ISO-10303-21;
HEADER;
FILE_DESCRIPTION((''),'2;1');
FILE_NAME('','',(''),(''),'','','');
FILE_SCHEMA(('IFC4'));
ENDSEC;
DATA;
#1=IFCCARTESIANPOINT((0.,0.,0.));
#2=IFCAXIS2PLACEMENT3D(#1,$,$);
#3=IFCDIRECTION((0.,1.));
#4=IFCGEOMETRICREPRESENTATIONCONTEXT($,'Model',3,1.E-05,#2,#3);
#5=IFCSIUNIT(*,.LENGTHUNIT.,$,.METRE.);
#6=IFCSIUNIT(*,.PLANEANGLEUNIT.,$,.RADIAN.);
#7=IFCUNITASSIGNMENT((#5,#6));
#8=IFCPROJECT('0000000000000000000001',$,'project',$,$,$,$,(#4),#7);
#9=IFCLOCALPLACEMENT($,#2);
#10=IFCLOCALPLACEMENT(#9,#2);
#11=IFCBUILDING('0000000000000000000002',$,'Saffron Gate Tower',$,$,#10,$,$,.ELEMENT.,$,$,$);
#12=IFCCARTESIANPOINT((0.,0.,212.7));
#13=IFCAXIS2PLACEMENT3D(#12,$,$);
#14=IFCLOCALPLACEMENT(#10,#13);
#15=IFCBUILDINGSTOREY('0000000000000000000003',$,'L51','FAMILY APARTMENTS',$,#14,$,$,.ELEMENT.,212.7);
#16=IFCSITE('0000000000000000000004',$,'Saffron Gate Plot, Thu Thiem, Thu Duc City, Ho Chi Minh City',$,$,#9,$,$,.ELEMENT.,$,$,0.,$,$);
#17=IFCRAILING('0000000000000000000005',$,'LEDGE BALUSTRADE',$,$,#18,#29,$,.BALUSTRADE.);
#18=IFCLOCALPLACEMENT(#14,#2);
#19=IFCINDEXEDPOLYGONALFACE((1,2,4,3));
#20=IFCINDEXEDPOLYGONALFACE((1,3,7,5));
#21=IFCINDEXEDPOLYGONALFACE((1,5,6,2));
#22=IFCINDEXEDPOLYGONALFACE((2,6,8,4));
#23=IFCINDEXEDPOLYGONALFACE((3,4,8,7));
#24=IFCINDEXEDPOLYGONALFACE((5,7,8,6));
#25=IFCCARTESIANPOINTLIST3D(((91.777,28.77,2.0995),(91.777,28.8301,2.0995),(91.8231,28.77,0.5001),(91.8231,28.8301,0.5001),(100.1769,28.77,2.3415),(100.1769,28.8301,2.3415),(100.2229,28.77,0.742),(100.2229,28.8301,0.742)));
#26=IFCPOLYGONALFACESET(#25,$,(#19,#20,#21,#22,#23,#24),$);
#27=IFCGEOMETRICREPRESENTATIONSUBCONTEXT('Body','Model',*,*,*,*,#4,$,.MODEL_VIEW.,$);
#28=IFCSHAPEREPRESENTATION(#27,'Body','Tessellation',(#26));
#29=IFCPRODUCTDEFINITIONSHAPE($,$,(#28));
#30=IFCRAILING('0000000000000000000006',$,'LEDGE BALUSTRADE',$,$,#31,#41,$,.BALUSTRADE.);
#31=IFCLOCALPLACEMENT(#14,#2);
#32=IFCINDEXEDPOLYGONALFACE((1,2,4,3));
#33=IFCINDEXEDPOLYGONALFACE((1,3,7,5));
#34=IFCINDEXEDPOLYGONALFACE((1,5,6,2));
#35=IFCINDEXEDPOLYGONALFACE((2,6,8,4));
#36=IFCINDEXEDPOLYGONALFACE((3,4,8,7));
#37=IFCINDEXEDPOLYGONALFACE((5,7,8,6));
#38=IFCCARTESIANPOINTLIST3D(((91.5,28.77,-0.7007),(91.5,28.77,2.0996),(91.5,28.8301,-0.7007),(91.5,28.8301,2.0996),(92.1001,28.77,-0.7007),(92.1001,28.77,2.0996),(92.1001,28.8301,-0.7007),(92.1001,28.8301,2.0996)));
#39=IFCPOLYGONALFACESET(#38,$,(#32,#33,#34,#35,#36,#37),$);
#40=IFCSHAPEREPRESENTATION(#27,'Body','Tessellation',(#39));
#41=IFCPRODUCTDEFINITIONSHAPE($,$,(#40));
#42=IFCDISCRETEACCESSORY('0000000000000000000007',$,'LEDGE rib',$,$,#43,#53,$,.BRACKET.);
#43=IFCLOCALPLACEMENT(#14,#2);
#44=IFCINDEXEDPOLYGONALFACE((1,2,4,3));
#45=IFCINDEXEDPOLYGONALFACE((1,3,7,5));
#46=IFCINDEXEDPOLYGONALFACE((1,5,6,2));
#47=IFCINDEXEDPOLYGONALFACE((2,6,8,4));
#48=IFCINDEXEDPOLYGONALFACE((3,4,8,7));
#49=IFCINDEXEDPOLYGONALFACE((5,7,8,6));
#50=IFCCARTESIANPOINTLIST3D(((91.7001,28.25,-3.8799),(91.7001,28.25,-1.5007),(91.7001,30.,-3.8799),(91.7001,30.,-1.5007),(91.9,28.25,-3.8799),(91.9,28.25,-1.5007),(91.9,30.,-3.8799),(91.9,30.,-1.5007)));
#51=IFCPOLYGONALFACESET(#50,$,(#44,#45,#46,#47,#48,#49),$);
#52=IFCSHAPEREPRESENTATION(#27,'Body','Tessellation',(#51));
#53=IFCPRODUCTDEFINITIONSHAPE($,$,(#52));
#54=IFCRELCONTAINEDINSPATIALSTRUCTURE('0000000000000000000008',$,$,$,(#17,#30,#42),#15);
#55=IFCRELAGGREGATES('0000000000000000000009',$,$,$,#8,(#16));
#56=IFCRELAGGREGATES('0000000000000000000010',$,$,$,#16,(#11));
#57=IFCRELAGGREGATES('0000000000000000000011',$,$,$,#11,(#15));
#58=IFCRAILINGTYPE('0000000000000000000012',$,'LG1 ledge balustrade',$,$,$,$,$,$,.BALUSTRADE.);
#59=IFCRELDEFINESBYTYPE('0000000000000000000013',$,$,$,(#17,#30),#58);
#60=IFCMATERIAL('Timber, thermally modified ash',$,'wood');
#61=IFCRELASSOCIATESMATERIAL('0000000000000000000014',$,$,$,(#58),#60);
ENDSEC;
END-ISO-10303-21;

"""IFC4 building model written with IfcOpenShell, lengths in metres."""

from ifc_helpers import new_model, si_unit, direction, frame, origin, origin_2d, place, context, subcontext, project, spatial, rectangle, extrude, material, type_object, element, save


model = new_model("IFC4")

# Units and contexts
model_context = context("Model", 3, precision=1e-05, world=origin(), true_north=direction((0.0, 1.0)))
body_context = subcontext(model_context, "Body", "Model", "MODEL_VIEW")
ifc_project = project(units=[si_unit("LENGTHUNIT", "METRE"), si_unit("PLANEANGLEUNIT", "RADIAN")], contexts=[model_context])

# Site, building, storey
site_placement = place(None, origin())
site = spatial("IfcSite", under=ifc_project, at=site_placement, Name="Saffron Gate Plot, Thu Thiem, Thu Duc City, Ho Chi Minh City", CompositionType="ELEMENT", RefElevation=0.0)
building_placement = place(site_placement, origin())
building = spatial("IfcBuilding", under=site, at=building_placement, Name="Saffron Gate Tower", CompositionType="ELEMENT")
storey_placement = place(building_placement, frame((0.0, 0.0, 212.7)))
storey = spatial("IfcBuildingStorey", under=building, at=storey_placement, Name="L51", Description="FAMILY APARTMENTS", CompositionType="ELEMENT", Elevation=212.7)

# Shared definitions
ifc_material_1 = material(Name="Timber, thermally modified ash", Category="wood")

# Railings
railing_type_1 = type_object("IfcRailingType", Name="LG1 ledge balustrade", PredefinedType="BALUSTRADE", material=ifc_material_1)
railing_1_placement = place(storey_placement, frame((91.8, 28.8, 0.4998)))
element("IfcRailing", 1, at=railing_1_placement, inside=storey, type_object=railing_type_1, Name="LEDGE BALUSTRADE", PredefinedType="BALUSTRADE", context=body_context, shape_type="SweptSolid", body=[
    extrude(rectangle(XDim=0.0601, YDim=1.6001, at=origin_2d()), frame((0.0, 0.0, 0.8), z_axis=(0.999585, 0.0, 0.028791), x_axis=(0.0, 1.0, 0.0)), (0.0, 0.0, 1.0), 8.4033),
])
railing_2_placement = place(storey_placement, frame((91.5, 28.8, -0.7007)))
element("IfcRailing", 2, at=railing_2_placement, inside=storey, type_object=railing_type_1, Name="LEDGE BALUSTRADE", PredefinedType="BALUSTRADE", context=body_context, shape_type="SweptSolid", body=[
    extrude(rectangle(XDim=0.0601, YDim=2.8003, at=origin_2d()), frame((0.0, 0.0, 1.4001), z_axis=(1.0, 0.0, 0.0), x_axis=(0.0, 1.0, 0.0)), (0.0, 0.0, 1.0), 0.6001),
])

# Discrete accessory
discrete_accessory_placement = place(storey_placement, frame((91.8, 29.125, -3.8799), z_axis=(0.0, 0.0, 1.0), x_axis=(1.0, 0.0, 0.0)))
element("IfcDiscreteAccessory", 3, at=discrete_accessory_placement, inside=storey, Name="LEDGE rib", PredefinedType="BRACKET", context=body_context, shape_type="SweptSolid", body=[
    extrude(rectangle(XDim=0.2, YDim=1.75, at=origin_2d()), origin(), (0.0, 0.0, 1.0), 2.3792),
])

save(model, "model.ifc")
